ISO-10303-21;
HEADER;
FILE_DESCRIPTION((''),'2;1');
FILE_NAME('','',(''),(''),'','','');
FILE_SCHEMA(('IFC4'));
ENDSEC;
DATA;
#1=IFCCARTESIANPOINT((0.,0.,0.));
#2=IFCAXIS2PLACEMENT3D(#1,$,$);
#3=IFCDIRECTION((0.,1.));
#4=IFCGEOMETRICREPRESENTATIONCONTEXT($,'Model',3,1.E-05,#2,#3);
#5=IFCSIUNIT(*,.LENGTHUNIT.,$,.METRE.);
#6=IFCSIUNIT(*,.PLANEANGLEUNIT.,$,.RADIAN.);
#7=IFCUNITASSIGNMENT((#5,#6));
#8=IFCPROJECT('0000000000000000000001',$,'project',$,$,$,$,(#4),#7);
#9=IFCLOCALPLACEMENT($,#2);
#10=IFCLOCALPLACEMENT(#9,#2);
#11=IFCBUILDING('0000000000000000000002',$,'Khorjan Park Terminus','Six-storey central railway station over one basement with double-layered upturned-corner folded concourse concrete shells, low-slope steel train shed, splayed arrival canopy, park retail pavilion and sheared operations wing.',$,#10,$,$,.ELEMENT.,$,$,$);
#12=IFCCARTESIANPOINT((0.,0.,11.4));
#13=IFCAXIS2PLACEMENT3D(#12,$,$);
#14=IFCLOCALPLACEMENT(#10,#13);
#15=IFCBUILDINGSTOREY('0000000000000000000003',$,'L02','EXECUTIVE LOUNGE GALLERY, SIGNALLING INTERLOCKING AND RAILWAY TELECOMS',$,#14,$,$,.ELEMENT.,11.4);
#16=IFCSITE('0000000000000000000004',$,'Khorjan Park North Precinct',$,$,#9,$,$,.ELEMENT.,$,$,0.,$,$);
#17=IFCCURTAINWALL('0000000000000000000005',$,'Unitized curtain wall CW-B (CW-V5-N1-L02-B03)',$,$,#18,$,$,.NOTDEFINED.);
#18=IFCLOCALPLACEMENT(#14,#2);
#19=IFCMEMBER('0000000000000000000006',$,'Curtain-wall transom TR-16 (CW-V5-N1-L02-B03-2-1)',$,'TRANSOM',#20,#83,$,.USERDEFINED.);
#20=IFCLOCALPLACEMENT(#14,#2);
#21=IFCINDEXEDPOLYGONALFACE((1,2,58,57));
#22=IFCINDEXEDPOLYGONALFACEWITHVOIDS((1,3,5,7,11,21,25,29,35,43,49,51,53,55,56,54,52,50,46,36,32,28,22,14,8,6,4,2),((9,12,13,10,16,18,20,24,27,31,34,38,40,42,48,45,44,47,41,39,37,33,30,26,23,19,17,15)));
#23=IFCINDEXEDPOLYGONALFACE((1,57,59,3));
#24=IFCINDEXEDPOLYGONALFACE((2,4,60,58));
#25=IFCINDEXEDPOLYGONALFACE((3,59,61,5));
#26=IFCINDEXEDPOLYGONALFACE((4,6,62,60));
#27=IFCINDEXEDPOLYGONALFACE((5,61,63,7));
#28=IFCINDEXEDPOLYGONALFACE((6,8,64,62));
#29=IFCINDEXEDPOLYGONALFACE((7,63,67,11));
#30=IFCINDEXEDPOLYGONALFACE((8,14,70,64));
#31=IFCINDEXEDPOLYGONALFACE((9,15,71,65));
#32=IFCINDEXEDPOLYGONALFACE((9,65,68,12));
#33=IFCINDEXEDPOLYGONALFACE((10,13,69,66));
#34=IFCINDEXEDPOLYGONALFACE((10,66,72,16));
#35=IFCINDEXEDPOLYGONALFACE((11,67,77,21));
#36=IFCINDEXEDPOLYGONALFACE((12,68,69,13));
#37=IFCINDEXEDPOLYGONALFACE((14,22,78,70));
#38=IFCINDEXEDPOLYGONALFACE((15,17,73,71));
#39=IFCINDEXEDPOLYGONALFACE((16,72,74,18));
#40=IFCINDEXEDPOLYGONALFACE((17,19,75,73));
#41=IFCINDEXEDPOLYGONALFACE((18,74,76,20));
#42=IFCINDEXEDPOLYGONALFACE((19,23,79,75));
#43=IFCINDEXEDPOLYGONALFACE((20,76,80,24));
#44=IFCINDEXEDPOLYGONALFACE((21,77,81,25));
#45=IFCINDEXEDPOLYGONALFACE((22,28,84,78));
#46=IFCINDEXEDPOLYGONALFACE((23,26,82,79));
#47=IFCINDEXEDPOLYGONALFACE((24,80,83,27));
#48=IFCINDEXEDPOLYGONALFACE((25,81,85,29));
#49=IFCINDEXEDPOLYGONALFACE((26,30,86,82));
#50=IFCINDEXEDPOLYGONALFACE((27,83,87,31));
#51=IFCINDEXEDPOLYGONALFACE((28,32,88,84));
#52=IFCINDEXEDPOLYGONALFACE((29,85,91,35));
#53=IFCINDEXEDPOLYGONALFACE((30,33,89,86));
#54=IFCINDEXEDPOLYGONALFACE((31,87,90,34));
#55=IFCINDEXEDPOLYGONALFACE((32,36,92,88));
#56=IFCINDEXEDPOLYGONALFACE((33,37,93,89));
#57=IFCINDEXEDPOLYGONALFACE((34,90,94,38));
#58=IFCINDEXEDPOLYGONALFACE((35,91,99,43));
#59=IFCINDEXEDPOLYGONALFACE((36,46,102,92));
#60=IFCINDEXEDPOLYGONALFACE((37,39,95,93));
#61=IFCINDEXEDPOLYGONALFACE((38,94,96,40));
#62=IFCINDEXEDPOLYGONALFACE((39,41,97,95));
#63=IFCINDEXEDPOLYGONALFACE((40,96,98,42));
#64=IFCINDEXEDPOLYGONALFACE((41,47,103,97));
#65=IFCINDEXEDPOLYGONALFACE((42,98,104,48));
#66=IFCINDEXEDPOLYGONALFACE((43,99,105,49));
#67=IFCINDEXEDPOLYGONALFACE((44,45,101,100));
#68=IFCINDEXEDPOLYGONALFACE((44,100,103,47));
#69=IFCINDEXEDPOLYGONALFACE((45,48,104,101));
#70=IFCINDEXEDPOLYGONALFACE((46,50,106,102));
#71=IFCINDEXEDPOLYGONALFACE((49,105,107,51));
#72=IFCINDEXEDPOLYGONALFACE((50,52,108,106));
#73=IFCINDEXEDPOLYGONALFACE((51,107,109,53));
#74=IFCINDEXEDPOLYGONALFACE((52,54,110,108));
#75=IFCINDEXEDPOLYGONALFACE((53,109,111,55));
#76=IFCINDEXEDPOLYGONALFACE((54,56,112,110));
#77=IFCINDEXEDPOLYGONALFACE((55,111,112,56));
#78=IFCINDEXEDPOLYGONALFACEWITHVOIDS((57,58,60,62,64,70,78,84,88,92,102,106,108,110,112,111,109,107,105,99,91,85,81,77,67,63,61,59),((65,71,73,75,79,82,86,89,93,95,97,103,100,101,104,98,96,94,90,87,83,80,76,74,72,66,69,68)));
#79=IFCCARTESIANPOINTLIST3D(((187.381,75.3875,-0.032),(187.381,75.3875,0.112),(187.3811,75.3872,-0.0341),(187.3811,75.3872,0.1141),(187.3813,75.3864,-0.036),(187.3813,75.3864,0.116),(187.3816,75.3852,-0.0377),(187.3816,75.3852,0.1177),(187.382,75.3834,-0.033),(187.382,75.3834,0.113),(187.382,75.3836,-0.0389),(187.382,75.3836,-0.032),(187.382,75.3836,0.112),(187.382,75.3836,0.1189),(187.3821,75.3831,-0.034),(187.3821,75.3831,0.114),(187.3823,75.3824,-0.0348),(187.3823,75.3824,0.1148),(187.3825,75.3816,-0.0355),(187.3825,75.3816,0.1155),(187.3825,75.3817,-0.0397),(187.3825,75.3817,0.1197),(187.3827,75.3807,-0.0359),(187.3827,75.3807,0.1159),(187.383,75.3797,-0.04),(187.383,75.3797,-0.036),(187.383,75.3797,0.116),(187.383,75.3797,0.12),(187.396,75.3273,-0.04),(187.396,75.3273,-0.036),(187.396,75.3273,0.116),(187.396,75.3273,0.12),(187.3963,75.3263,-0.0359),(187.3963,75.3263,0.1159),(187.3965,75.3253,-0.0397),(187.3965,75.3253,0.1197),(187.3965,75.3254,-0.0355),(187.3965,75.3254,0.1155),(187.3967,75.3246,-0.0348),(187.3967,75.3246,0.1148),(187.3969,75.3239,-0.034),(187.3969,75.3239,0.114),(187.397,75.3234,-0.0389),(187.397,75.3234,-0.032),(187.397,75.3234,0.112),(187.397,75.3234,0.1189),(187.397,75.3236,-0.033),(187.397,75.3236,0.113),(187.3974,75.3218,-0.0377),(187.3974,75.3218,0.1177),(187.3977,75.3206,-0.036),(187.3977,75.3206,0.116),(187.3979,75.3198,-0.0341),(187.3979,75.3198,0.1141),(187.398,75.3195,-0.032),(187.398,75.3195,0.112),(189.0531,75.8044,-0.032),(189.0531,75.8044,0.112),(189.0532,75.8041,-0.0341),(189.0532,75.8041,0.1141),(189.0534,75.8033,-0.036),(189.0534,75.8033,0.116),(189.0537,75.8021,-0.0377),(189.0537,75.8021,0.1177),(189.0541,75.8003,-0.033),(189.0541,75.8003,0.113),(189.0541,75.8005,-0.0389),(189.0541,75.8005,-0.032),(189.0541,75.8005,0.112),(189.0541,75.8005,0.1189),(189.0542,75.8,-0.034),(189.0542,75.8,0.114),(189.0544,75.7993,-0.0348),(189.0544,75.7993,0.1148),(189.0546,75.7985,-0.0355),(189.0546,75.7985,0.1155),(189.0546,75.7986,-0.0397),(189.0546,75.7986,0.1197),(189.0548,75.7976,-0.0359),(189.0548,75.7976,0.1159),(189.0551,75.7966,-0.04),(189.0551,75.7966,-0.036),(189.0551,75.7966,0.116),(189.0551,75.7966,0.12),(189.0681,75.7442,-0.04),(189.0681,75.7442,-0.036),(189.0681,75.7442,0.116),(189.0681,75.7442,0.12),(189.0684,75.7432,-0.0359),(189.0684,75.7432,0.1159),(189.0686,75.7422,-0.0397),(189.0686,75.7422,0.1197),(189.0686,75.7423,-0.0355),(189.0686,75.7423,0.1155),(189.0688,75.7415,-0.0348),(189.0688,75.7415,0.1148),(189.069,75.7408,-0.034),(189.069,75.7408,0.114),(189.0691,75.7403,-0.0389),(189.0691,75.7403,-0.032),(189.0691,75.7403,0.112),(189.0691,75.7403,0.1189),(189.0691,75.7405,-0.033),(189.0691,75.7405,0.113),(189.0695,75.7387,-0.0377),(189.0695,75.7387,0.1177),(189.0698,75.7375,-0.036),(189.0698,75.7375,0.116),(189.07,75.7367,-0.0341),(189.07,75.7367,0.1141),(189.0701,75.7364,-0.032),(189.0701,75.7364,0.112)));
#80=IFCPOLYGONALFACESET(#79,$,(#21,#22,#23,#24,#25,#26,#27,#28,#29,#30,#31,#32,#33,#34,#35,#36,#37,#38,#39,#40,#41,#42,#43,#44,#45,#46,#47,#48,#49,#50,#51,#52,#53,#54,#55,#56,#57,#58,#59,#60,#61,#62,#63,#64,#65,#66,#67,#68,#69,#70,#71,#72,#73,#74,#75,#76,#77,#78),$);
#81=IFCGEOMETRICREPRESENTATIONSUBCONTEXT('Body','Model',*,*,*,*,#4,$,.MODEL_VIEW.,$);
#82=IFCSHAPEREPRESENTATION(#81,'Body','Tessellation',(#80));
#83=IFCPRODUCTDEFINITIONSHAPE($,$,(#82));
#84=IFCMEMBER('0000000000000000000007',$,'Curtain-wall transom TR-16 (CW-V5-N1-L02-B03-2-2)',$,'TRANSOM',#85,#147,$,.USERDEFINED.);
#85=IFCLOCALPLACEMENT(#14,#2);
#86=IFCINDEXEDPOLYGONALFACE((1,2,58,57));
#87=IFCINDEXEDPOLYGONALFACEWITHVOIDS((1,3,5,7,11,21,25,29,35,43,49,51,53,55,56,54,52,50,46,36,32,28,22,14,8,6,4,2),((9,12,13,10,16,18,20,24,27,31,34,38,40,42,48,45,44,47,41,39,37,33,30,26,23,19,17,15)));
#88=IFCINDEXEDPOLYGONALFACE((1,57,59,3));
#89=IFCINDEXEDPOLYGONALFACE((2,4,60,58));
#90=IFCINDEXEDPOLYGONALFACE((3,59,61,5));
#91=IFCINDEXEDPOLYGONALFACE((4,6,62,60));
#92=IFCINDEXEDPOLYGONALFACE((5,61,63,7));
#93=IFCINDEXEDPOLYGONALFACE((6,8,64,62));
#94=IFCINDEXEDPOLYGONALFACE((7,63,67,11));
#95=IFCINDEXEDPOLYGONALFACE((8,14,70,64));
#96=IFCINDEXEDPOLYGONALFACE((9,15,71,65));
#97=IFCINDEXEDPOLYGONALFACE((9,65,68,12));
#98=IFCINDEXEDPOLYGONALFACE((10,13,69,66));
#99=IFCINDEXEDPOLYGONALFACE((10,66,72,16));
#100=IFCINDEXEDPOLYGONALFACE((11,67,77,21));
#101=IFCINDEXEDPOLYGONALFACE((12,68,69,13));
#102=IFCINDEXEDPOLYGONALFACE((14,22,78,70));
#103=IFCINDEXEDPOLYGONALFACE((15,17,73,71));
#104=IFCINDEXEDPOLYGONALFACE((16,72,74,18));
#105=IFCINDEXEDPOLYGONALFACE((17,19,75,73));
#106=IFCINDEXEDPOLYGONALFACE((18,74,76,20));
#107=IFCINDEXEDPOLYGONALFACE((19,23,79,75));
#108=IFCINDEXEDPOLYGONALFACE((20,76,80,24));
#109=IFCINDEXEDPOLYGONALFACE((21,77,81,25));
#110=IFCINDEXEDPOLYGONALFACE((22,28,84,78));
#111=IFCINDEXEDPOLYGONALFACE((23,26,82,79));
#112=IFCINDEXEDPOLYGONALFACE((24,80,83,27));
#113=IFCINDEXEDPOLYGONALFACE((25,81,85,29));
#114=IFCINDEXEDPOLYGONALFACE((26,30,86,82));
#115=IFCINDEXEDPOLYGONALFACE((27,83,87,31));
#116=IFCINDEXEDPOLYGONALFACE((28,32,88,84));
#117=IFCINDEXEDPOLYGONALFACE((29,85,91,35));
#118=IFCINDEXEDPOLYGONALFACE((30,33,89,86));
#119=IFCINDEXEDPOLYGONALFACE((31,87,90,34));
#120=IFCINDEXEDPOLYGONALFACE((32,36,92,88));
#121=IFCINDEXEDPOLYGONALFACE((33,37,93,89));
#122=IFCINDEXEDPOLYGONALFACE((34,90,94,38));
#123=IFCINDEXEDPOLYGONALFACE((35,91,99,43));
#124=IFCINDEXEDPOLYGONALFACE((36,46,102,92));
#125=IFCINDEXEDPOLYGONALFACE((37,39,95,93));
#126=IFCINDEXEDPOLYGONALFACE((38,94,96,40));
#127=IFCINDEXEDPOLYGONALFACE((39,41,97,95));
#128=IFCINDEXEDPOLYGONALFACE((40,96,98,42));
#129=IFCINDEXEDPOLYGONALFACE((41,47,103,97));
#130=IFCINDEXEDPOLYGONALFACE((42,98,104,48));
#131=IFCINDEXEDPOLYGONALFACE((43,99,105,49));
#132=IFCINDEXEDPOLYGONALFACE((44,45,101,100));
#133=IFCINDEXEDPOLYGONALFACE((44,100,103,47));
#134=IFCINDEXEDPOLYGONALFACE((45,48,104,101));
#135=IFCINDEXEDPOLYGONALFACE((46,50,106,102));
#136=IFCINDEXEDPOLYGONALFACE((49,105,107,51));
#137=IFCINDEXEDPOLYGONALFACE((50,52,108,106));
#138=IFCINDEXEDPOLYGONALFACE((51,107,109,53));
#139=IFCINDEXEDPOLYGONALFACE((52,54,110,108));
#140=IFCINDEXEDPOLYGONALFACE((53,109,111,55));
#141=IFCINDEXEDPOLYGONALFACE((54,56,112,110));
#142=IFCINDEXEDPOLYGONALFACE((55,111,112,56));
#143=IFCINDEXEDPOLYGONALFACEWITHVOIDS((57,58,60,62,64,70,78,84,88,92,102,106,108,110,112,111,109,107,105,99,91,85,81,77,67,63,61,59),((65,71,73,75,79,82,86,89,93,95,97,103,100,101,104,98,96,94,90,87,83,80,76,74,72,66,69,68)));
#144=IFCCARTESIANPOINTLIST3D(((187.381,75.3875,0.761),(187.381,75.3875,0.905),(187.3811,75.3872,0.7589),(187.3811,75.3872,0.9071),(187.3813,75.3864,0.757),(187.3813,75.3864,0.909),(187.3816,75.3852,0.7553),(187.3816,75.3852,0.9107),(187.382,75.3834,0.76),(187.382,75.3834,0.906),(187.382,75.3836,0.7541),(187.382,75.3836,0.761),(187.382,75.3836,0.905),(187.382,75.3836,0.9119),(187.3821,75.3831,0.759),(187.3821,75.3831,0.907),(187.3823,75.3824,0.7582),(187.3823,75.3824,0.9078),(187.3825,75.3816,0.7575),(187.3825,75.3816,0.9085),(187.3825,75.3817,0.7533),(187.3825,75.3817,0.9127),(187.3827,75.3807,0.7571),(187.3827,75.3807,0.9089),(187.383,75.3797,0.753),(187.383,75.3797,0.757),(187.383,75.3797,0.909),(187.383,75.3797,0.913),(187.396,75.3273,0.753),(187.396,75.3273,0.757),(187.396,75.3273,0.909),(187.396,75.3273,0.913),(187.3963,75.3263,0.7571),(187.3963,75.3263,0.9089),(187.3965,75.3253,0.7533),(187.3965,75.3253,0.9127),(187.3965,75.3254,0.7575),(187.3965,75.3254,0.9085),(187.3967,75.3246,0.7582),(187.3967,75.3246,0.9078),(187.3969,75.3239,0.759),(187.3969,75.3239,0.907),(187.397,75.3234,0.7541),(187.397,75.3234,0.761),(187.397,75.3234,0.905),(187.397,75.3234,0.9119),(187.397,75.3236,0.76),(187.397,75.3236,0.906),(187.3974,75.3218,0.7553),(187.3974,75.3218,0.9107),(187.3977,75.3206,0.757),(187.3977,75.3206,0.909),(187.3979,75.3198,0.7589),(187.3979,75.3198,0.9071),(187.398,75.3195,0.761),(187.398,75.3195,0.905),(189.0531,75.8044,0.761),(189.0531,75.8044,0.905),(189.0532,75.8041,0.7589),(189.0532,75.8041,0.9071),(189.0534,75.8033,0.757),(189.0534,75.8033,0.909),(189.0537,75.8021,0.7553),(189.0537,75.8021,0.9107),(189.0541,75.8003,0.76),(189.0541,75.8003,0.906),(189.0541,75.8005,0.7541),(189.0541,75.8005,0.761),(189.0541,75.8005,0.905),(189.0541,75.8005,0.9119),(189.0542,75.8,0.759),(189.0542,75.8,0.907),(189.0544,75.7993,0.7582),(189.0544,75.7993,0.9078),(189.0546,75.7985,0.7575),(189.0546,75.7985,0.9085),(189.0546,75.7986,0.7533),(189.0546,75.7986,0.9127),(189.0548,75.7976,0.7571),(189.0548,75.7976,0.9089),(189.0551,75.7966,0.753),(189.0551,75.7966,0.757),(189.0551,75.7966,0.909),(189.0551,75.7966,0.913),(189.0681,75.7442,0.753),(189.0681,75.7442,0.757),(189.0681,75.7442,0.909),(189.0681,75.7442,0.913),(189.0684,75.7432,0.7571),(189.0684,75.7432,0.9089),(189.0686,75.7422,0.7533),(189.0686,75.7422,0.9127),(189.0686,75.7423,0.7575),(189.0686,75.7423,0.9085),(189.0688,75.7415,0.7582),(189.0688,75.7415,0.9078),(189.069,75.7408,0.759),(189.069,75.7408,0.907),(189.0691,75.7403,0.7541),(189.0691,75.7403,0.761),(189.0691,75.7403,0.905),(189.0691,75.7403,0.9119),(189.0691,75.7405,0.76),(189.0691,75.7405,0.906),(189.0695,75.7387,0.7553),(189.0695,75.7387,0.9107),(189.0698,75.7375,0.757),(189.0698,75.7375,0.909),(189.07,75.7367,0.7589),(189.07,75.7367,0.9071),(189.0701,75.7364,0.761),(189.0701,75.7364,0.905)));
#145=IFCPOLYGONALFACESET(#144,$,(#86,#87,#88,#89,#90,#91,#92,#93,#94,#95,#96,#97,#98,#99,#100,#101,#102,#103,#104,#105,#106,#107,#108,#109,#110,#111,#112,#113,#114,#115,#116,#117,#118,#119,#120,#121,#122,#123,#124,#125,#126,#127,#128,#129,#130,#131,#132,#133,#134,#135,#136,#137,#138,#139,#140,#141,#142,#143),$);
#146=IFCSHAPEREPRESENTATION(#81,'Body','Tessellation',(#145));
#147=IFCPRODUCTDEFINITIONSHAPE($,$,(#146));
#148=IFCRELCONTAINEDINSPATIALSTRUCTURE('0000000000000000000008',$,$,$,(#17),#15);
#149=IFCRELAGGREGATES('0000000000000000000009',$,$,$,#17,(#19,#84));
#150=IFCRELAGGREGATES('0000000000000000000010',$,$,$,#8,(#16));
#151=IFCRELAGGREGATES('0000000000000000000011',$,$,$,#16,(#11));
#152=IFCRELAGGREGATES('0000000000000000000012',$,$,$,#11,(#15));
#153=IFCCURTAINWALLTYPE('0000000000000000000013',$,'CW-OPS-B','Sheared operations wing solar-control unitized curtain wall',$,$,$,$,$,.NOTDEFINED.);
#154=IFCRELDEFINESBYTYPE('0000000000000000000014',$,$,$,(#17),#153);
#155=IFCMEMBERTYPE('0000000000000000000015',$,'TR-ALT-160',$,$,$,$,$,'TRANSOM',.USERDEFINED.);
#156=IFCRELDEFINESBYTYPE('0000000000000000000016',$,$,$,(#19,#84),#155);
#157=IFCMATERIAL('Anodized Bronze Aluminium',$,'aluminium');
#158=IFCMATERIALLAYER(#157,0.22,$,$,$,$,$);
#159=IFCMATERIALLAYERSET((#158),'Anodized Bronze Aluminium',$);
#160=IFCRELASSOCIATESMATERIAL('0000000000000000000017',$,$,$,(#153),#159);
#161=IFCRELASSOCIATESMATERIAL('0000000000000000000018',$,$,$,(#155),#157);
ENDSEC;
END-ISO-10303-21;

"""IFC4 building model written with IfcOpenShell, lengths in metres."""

from ifc_helpers import new_model, si_unit, direction, frame, origin, origin_2d, place, context, subcontext, project, spatial, hollow_rectangle, extrude, material, layer, layer_set, material_profile, profile_set, type_object, element, aggregate, save


model = new_model("IFC4")

# Units and contexts
model_context = context("Model", 3, precision=1e-05, world=origin(), true_north=direction((0.0, 1.0)))
body_context = subcontext(model_context, "Body", "Model", "MODEL_VIEW")
ifc_project = project(units=[si_unit("LENGTHUNIT", "METRE"), si_unit("PLANEANGLEUNIT", "RADIAN")], contexts=[model_context])

# Site, building, storey
site_placement = place(None, origin())
site = spatial("IfcSite", under=ifc_project, at=site_placement, Name="Khorjan Park North Precinct", CompositionType="ELEMENT", RefElevation=0.0)
building_placement = place(site_placement, origin())
building = spatial("IfcBuilding", under=site, at=building_placement, Name="Khorjan Park Terminus", Description="Six-storey central railway station over one basement with double-layered upturned-corner folded concourse concrete shells, low-slope steel train shed, splayed arrival canopy, park retail pavilion and sheared operations wing.", CompositionType="ELEMENT")
storey_placement = place(building_placement, frame((0.0, 0.0, 11.4)))
storey = spatial("IfcBuildingStorey", under=building, at=storey_placement, Name="L02", Description="EXECUTIVE LOUNGE GALLERY, SIGNALLING INTERLOCKING AND RAILWAY TELECOMS", CompositionType="ELEMENT", Elevation=11.4)

# Curtain wall, members
ifc_material_1 = material(Name="Anodized Bronze Aluminium", Category="aluminium")
ifc_layer_1 = layer(ifc_material_1, 0.22)
ifc_layer_set_1 = layer_set([ifc_layer_1], Name="Anodized Bronze Aluminium")
curtain_wall_type = type_object("IfcCurtainWallType", Name="CW-OPS-B", Description="Sheared operations wing solar-control unitized curtain wall", PredefinedType="NOTDEFINED", material=ifc_layer_set_1)
curtain_wall_placement = place(storey_placement, origin())
curtain_wall = element("IfcCurtainWall", 1, at=curtain_wall_placement, inside=storey, type_object=curtain_wall_type, Name="Unitized curtain wall CW-B (CW-V5-N1-L02-B03)", PredefinedType="NOTDEFINED")
ifc_material_profile_1 = material_profile(ifc_material_1, hollow_rectangle(XDim=0.07, YDim=0.16, WallThickness=0.004, InnerFilletRadius=0.004, OuterFilletRadius=0.008, at=origin_2d()), Name="ALT 70x160x4")
ifc_profile_set_1 = profile_set([ifc_material_profile_1], Name="Anodized Bronze Aluminium")
member_type_1 = type_object("IfcMemberType", Name="TR-ALT-160", ElementType="TRANSOM", PredefinedType="USERDEFINED", material=ifc_profile_set_1)
member_1_placement = place(storey_placement, frame((189.0616, 75.7704, 0.04), z_axis=(-0.970296, -0.241921, 0.0), x_axis=(0.241921, -0.970296, 0.0)))
member_1 = element("IfcMember", 2, at=member_1_placement, type_object=member_type_1, Name="Curtain-wall transom TR-16 (CW-V5-N1-L02-B03-2-1)", ObjectType="TRANSOM", PredefinedType="USERDEFINED", context=body_context, shape_type="SweptSolid", body=[
    extrude(hollow_rectangle(XDim=0.07, YDim=0.16, WallThickness=0.004, InnerFilletRadius=0.004, OuterFilletRadius=0.008, at=origin_2d()), origin(), (0.0, 0.0, 1.0), 1.7233),
])
member_2_placement = place(storey_placement, frame((189.0616, 75.7704, 0.833), z_axis=(-0.970296, -0.241921, 0.0), x_axis=(0.241921, -0.970296, 0.0)))
member_2 = element("IfcMember", 3, at=member_2_placement, type_object=member_type_1, Name="Curtain-wall transom TR-16 (CW-V5-N1-L02-B03-2-2)", ObjectType="TRANSOM", PredefinedType="USERDEFINED", context=body_context, shape_type="SweptSolid", body=[
    extrude(hollow_rectangle(XDim=0.07, YDim=0.16, WallThickness=0.004, InnerFilletRadius=0.004, OuterFilletRadius=0.008, at=origin_2d()), origin(), (0.0, 0.0, 1.0), 1.7233),
])
aggregate(curtain_wall, [member_1, member_2])

save(model, "model.ifc")
